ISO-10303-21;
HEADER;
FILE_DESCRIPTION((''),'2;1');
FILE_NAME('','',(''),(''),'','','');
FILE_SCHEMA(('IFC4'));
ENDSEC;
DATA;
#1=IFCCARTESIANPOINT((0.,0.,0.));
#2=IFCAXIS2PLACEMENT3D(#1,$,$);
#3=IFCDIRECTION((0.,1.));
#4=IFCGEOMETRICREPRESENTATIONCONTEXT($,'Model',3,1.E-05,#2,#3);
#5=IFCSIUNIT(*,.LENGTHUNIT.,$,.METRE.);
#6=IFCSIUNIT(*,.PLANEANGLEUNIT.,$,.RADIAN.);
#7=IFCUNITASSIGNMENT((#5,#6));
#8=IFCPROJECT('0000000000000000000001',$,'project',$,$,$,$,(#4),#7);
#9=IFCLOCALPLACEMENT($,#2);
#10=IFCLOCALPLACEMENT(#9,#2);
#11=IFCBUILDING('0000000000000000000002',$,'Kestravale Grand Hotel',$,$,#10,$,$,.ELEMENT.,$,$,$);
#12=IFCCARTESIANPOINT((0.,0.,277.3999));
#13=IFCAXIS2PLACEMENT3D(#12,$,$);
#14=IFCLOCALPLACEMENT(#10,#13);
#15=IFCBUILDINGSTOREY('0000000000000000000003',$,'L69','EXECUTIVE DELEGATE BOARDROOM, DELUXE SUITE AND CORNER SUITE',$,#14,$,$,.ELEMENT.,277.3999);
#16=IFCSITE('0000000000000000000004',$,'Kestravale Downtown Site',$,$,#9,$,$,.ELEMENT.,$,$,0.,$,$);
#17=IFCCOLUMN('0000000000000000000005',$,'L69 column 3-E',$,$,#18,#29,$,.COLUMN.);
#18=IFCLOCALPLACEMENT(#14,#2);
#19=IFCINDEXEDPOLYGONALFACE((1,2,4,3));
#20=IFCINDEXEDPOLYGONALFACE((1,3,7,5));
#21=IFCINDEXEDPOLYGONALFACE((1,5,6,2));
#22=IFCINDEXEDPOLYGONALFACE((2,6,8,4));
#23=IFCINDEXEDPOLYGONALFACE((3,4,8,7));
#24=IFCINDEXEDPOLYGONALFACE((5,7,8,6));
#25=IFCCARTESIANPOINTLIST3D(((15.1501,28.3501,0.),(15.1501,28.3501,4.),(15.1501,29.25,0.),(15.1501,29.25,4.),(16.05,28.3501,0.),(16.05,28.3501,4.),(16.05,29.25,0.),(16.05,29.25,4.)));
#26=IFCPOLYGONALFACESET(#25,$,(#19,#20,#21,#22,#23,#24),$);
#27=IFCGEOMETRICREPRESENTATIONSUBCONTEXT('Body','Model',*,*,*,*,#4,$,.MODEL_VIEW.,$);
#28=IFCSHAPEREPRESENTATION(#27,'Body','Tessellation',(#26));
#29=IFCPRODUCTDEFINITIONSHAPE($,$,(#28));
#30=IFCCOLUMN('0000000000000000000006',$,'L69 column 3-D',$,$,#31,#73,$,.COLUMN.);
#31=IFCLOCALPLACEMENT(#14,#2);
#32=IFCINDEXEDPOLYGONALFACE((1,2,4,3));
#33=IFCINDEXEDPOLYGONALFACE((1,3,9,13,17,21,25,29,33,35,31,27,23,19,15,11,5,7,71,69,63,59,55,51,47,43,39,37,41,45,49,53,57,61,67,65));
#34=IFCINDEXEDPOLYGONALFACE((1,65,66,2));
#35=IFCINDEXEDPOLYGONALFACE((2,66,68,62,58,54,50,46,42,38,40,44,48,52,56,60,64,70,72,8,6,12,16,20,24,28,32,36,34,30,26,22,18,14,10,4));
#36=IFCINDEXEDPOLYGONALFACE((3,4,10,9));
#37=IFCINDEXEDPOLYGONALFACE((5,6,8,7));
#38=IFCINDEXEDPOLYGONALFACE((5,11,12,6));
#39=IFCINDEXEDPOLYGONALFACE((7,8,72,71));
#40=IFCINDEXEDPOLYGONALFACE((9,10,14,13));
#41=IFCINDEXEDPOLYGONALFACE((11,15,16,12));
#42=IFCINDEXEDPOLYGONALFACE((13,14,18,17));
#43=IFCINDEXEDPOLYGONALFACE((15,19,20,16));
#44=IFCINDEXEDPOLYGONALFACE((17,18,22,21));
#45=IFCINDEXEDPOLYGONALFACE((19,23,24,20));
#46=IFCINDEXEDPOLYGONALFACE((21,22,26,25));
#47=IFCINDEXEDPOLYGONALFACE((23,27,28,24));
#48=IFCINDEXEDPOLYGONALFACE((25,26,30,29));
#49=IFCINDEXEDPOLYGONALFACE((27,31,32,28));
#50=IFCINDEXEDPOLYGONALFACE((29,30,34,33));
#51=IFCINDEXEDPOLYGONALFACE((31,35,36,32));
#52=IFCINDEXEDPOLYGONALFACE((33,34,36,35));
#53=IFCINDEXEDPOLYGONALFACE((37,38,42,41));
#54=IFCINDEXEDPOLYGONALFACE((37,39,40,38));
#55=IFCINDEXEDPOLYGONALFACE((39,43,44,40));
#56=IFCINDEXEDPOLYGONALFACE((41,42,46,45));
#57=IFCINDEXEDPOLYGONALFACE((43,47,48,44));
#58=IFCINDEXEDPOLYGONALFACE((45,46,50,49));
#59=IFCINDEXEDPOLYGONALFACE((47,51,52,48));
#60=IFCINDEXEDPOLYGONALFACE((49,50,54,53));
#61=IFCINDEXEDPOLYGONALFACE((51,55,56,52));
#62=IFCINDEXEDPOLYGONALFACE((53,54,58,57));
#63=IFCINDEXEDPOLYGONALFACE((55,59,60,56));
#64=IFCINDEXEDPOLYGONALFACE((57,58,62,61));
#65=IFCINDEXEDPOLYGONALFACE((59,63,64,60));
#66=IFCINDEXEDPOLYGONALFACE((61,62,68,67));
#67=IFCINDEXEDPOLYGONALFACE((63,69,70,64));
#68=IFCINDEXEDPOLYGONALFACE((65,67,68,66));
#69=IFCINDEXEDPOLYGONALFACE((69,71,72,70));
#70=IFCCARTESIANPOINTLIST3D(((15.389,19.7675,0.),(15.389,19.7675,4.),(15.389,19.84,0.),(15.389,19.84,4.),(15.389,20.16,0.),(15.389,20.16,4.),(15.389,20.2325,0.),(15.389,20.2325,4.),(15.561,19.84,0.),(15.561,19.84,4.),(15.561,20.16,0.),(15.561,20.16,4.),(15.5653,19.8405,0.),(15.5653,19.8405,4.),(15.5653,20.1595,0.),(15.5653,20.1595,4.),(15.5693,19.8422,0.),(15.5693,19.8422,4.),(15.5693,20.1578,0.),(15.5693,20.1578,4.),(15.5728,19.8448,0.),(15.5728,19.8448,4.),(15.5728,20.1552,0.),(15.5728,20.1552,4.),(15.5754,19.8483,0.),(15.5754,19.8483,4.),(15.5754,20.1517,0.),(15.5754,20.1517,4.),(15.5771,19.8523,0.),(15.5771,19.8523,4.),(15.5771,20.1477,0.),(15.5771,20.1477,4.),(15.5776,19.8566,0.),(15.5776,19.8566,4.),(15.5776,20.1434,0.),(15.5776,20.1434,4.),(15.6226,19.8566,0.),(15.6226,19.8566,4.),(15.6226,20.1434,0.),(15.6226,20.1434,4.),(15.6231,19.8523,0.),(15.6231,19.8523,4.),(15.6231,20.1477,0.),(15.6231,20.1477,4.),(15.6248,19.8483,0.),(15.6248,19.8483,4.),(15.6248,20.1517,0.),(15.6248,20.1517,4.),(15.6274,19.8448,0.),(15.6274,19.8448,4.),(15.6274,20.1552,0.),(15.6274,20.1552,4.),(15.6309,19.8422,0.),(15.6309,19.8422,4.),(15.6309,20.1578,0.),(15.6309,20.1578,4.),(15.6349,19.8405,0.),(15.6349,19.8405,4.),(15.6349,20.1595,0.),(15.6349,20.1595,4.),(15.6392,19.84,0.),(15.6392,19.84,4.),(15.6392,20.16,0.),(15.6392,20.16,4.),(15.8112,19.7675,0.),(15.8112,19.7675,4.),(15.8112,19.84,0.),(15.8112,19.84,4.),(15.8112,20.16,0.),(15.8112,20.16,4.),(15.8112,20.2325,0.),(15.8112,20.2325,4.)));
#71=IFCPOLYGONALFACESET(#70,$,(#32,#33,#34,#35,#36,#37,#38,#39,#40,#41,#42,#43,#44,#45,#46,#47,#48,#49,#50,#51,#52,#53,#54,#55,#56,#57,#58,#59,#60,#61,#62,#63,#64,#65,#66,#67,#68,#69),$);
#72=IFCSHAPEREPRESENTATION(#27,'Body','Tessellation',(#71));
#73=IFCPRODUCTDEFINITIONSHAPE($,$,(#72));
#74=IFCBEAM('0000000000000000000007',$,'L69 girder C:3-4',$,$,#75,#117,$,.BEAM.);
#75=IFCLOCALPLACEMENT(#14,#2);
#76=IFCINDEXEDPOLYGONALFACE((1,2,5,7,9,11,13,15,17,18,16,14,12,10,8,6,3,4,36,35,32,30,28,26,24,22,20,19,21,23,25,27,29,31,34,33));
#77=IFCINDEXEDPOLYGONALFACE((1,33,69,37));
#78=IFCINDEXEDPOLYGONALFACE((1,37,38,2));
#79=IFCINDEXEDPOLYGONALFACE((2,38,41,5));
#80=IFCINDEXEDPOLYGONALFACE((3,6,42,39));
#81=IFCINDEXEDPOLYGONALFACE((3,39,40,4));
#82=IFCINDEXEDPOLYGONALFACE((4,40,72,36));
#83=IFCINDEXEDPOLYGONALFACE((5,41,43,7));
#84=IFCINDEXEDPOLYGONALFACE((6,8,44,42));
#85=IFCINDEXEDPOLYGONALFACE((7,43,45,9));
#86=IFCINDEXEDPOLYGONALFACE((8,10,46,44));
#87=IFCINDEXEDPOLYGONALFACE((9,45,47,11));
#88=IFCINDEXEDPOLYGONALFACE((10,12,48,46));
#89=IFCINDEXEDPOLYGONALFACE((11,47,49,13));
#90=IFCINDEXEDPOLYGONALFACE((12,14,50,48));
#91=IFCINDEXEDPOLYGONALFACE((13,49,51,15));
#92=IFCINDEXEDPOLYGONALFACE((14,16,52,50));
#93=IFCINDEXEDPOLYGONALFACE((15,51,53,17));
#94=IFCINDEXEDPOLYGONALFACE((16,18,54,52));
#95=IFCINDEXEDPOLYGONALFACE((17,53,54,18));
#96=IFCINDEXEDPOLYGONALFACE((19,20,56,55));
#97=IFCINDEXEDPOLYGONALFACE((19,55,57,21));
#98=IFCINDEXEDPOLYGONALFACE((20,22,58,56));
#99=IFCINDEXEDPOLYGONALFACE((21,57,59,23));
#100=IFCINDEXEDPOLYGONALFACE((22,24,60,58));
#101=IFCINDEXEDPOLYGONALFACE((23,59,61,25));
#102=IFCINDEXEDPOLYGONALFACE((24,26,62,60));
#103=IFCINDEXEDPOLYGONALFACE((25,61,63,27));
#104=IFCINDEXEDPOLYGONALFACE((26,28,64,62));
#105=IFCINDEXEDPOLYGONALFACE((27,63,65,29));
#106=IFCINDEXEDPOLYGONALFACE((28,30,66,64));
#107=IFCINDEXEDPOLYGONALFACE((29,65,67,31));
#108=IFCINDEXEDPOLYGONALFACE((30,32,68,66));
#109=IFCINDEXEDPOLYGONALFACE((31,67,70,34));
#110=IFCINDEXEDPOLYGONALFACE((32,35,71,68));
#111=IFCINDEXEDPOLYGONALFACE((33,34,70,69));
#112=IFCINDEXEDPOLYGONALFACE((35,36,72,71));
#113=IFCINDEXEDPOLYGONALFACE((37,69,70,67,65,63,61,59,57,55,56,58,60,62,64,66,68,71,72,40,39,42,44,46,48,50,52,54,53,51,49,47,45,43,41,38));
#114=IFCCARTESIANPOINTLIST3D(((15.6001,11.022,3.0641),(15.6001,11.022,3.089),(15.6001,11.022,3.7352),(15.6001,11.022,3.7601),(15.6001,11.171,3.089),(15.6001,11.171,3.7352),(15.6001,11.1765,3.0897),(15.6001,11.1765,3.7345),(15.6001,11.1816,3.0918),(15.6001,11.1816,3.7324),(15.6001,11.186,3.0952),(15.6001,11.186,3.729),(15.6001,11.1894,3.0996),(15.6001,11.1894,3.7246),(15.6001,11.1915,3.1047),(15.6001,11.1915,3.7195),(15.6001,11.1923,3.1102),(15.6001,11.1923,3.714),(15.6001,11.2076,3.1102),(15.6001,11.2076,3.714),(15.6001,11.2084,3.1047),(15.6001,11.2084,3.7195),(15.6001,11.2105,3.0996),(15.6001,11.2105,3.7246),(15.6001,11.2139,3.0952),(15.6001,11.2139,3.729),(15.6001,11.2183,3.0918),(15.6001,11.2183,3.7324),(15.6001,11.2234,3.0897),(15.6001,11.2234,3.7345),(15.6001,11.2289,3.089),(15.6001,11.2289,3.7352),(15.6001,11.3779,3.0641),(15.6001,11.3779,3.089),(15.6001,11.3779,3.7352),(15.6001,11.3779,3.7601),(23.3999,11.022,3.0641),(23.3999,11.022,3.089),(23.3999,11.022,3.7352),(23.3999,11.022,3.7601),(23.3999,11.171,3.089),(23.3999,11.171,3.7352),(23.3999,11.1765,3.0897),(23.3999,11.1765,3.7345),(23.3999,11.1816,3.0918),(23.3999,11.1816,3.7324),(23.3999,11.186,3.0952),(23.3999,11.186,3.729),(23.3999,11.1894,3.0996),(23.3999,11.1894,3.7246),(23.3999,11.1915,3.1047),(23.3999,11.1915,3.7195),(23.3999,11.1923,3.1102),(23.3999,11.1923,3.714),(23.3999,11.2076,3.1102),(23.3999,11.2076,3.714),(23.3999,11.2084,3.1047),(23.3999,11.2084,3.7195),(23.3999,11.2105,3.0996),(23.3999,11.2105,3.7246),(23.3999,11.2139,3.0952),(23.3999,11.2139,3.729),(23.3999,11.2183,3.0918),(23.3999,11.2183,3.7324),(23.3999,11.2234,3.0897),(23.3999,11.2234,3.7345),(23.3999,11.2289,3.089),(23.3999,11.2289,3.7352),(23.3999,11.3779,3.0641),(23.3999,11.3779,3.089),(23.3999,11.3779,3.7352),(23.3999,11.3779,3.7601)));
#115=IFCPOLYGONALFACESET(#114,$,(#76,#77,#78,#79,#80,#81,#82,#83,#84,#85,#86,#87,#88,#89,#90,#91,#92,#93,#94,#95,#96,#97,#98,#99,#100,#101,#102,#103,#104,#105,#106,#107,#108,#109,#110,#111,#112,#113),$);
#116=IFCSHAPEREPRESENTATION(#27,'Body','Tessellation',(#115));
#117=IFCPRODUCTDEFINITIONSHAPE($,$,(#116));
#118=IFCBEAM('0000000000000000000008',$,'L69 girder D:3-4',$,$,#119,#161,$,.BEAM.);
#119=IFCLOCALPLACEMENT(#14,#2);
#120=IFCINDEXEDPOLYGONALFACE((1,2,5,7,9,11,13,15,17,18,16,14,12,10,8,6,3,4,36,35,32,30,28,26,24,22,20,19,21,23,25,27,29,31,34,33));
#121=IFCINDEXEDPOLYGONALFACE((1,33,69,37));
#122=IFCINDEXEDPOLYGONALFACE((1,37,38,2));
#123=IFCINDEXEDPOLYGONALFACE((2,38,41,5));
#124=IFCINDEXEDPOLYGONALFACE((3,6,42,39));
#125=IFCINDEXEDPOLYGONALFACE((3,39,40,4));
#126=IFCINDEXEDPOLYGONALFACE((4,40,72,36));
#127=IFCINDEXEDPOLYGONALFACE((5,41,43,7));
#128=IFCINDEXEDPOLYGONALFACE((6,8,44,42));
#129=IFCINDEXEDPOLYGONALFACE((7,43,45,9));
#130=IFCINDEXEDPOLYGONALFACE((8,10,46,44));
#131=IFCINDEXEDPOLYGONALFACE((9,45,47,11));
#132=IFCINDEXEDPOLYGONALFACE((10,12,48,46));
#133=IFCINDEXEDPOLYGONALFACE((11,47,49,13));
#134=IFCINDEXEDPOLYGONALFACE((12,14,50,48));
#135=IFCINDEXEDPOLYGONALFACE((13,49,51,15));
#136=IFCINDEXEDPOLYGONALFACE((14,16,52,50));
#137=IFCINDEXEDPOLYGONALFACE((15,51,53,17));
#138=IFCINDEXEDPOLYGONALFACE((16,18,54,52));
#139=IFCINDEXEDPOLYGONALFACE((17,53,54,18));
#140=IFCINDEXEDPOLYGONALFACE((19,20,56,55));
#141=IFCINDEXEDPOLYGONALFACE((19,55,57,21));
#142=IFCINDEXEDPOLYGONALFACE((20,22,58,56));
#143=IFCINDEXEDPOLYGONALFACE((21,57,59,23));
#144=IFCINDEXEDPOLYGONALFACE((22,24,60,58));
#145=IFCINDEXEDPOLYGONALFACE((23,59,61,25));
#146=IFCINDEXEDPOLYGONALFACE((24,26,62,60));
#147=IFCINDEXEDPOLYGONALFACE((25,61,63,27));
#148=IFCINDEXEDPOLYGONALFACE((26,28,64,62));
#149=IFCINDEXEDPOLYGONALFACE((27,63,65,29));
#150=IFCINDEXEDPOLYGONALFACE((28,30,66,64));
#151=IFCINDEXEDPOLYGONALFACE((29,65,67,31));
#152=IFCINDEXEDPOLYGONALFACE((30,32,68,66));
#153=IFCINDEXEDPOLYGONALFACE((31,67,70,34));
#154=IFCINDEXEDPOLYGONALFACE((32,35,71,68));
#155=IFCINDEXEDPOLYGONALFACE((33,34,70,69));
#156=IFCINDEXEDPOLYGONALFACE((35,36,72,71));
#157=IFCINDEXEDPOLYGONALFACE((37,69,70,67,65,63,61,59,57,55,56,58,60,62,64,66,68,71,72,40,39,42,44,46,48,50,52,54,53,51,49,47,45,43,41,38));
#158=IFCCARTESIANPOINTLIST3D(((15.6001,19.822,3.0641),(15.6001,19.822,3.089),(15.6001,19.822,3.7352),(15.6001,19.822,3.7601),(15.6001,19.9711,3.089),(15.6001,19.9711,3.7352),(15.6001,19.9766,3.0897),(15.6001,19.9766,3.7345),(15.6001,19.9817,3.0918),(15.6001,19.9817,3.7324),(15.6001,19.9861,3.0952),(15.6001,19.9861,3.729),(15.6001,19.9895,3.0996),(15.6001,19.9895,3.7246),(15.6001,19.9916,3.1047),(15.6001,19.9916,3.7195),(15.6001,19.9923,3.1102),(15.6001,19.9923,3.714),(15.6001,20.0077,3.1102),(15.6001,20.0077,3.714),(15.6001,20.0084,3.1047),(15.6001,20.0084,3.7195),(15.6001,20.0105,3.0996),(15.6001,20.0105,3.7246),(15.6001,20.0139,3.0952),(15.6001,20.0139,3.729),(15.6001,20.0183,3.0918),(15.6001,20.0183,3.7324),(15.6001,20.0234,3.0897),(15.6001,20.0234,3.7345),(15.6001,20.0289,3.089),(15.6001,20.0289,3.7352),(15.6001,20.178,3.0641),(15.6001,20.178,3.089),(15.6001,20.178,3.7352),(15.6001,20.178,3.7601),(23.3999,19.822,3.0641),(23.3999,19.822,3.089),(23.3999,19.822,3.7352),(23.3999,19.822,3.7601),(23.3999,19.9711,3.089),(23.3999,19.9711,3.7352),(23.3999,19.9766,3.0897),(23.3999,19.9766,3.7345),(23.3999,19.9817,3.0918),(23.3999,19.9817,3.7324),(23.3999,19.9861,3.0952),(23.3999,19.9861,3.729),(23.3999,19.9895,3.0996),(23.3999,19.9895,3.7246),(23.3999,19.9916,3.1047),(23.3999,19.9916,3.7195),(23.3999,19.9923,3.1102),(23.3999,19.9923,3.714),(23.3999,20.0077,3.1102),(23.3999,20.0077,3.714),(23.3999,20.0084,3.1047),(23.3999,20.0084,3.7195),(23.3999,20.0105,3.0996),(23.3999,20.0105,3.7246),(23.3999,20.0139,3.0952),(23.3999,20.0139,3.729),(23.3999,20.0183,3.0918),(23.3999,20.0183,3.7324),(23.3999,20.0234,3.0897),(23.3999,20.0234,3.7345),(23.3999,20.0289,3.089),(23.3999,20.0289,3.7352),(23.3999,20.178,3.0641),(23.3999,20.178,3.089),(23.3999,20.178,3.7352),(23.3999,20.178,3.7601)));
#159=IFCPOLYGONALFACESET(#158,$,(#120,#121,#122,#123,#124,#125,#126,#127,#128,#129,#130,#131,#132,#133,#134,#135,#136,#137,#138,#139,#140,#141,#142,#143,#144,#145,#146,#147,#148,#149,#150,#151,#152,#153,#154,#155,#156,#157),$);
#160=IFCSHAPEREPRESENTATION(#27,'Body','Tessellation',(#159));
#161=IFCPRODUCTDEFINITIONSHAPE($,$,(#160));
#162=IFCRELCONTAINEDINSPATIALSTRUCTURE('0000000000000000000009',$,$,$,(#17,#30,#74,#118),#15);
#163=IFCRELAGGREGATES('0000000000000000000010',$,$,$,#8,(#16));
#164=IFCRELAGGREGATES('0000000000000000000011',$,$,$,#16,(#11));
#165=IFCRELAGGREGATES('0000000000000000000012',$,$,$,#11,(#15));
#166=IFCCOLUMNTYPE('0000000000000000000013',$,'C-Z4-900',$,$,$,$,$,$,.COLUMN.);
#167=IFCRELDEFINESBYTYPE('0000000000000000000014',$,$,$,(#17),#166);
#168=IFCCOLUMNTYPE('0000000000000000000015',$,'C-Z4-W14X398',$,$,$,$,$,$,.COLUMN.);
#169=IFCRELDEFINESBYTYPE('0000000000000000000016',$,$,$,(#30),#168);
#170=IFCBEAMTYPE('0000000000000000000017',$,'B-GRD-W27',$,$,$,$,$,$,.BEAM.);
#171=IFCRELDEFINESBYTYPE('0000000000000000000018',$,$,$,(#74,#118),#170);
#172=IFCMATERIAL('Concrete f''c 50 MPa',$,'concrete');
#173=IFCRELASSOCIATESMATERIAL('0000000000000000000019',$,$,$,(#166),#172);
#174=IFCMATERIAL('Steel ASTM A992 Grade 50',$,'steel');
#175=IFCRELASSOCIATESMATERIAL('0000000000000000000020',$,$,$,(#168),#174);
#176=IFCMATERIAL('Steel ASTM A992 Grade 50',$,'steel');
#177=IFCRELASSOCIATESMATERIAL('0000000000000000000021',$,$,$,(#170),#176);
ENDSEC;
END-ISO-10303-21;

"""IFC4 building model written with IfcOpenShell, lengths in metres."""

from ifc_helpers import new_model, si_unit, direction, frame, origin, origin_2d, place, context, subcontext, project, spatial, rectangle, i_section, extrude, material, material_profile, profile_set, type_object, element, save


model = new_model("IFC4")

# Units and contexts
model_context = context("Model", 3, precision=1e-05, world=origin(), true_north=direction((0.0, 1.0)))
body_context = subcontext(model_context, "Body", "Model", "MODEL_VIEW")
ifc_project = project(units=[si_unit("LENGTHUNIT", "METRE"), si_unit("PLANEANGLEUNIT", "RADIAN")], contexts=[model_context])

# Site, building, storey
site_placement = place(None, origin())
site = spatial("IfcSite", under=ifc_project, at=site_placement, Name="Kestravale Downtown Site", CompositionType="ELEMENT", RefElevation=0.0)
building_placement = place(site_placement, origin())
building = spatial("IfcBuilding", under=site, at=building_placement, Name="Kestravale Grand Hotel", CompositionType="ELEMENT")
storey_placement = place(building_placement, frame((0.0, 0.0, 277.3999)))
storey = spatial("IfcBuildingStorey", under=building, at=storey_placement, Name="L69", Description="EXECUTIVE DELEGATE BOARDROOM, DELUXE SUITE AND CORNER SUITE", CompositionType="ELEMENT", Elevation=277.3999)

# Columns
ifc_material_1 = material(Name="Concrete f'c 50 MPa", Category="concrete")
ifc_material_profile_1 = material_profile(ifc_material_1, rectangle(XDim=0.8999, YDim=0.8999, at=origin_2d()))
ifc_profile_set_1 = profile_set([ifc_material_profile_1], Name="Concrete f'c 50 MPa")
column_type_1 = type_object("IfcColumnType", Name="C-Z4-900", PredefinedType="COLUMN", material=ifc_profile_set_1)
column_1_placement = place(storey_placement, frame((15.6001, 28.8, 0.0), z_axis=(0.0, 0.0, 1.0), x_axis=(1.0, 0.0, 0.0)))
element("IfcColumn", 1, at=column_1_placement, inside=storey, type_object=column_type_1, Name="L69 column 3-E", PredefinedType="COLUMN", context=body_context, shape_type="SweptSolid", body=[
    extrude(rectangle(XDim=0.8999, YDim=0.8999, at=origin_2d()), origin(), (0.0, 0.0, 1.0), 4.0),
])
ifc_material_2 = material(Name="Steel ASTM A992 Grade 50", Category="steel")
ifc_material_profile_2 = material_profile(ifc_material_2, i_section(OverallWidth=0.4221, OverallDepth=0.4651, WebThickness=0.0449, FlangeThickness=0.0725, FilletRadius=0.0166, at=origin_2d()))
ifc_profile_set_2 = profile_set([ifc_material_profile_2], Name="Steel ASTM A992 Grade 50")
column_type_2 = type_object("IfcColumnType", Name="C-Z4-W14X398", PredefinedType="COLUMN", material=ifc_profile_set_2)
column_2_placement = place(storey_placement, frame((15.6001, 20.0, 0.0), z_axis=(0.0, 0.0, 1.0), x_axis=(1.0, 0.0, 0.0)))
element("IfcColumn", 2, at=column_2_placement, inside=storey, type_object=column_type_2, Name="L69 column 3-D", PredefinedType="COLUMN", context=body_context, shape_type="SweptSolid", body=[
    extrude(i_section(OverallWidth=0.4221, OverallDepth=0.4651, WebThickness=0.0449, FlangeThickness=0.0725, FilletRadius=0.0166, at=origin_2d()), origin(), (0.0, 0.0, 1.0), 4.0),
])

# Beams
ifc_material_3 = material(Name="Steel ASTM A992 Grade 50", Category="steel")
ifc_material_profile_3 = material_profile(ifc_material_3, i_section(OverallWidth=0.356, OverallDepth=0.696, WebThickness=0.0154, FlangeThickness=0.0249, FilletRadius=0.0212, at=origin_2d()))
ifc_profile_set_3 = profile_set([ifc_material_profile_3], Name="Steel ASTM A992 Grade 50")
beam_type = type_object("IfcBeamType", Name="B-GRD-W27", PredefinedType="BEAM", material=ifc_profile_set_3)
for number, where, z_axis, x_axis, name in (
    (3, (15.6001, 11.2, 3.4121), (1.0, 0.0, 0.0), (0.0, 1.0, 0.0), "L69 girder C:3-4"),
    (4, (15.6001, 20.0, 3.4121), (1.0, 0.0, 0.0), (0.0, 1.0, 0.0), "L69 girder D:3-4"),
):
    element("IfcBeam", number, at=place(storey_placement, frame(where, z_axis=z_axis, x_axis=x_axis)), inside=storey, type_object=beam_type, Name=name, PredefinedType="BEAM", context=body_context, shape_type="SweptSolid", body=[
        extrude(i_section(OverallWidth=0.356, OverallDepth=0.696, WebThickness=0.0154, FlangeThickness=0.0249, FilletRadius=0.0212, at=origin_2d()), origin(), (0.0, 0.0, 1.0), 7.7998),
    ])

save(model, "model.ifc")
